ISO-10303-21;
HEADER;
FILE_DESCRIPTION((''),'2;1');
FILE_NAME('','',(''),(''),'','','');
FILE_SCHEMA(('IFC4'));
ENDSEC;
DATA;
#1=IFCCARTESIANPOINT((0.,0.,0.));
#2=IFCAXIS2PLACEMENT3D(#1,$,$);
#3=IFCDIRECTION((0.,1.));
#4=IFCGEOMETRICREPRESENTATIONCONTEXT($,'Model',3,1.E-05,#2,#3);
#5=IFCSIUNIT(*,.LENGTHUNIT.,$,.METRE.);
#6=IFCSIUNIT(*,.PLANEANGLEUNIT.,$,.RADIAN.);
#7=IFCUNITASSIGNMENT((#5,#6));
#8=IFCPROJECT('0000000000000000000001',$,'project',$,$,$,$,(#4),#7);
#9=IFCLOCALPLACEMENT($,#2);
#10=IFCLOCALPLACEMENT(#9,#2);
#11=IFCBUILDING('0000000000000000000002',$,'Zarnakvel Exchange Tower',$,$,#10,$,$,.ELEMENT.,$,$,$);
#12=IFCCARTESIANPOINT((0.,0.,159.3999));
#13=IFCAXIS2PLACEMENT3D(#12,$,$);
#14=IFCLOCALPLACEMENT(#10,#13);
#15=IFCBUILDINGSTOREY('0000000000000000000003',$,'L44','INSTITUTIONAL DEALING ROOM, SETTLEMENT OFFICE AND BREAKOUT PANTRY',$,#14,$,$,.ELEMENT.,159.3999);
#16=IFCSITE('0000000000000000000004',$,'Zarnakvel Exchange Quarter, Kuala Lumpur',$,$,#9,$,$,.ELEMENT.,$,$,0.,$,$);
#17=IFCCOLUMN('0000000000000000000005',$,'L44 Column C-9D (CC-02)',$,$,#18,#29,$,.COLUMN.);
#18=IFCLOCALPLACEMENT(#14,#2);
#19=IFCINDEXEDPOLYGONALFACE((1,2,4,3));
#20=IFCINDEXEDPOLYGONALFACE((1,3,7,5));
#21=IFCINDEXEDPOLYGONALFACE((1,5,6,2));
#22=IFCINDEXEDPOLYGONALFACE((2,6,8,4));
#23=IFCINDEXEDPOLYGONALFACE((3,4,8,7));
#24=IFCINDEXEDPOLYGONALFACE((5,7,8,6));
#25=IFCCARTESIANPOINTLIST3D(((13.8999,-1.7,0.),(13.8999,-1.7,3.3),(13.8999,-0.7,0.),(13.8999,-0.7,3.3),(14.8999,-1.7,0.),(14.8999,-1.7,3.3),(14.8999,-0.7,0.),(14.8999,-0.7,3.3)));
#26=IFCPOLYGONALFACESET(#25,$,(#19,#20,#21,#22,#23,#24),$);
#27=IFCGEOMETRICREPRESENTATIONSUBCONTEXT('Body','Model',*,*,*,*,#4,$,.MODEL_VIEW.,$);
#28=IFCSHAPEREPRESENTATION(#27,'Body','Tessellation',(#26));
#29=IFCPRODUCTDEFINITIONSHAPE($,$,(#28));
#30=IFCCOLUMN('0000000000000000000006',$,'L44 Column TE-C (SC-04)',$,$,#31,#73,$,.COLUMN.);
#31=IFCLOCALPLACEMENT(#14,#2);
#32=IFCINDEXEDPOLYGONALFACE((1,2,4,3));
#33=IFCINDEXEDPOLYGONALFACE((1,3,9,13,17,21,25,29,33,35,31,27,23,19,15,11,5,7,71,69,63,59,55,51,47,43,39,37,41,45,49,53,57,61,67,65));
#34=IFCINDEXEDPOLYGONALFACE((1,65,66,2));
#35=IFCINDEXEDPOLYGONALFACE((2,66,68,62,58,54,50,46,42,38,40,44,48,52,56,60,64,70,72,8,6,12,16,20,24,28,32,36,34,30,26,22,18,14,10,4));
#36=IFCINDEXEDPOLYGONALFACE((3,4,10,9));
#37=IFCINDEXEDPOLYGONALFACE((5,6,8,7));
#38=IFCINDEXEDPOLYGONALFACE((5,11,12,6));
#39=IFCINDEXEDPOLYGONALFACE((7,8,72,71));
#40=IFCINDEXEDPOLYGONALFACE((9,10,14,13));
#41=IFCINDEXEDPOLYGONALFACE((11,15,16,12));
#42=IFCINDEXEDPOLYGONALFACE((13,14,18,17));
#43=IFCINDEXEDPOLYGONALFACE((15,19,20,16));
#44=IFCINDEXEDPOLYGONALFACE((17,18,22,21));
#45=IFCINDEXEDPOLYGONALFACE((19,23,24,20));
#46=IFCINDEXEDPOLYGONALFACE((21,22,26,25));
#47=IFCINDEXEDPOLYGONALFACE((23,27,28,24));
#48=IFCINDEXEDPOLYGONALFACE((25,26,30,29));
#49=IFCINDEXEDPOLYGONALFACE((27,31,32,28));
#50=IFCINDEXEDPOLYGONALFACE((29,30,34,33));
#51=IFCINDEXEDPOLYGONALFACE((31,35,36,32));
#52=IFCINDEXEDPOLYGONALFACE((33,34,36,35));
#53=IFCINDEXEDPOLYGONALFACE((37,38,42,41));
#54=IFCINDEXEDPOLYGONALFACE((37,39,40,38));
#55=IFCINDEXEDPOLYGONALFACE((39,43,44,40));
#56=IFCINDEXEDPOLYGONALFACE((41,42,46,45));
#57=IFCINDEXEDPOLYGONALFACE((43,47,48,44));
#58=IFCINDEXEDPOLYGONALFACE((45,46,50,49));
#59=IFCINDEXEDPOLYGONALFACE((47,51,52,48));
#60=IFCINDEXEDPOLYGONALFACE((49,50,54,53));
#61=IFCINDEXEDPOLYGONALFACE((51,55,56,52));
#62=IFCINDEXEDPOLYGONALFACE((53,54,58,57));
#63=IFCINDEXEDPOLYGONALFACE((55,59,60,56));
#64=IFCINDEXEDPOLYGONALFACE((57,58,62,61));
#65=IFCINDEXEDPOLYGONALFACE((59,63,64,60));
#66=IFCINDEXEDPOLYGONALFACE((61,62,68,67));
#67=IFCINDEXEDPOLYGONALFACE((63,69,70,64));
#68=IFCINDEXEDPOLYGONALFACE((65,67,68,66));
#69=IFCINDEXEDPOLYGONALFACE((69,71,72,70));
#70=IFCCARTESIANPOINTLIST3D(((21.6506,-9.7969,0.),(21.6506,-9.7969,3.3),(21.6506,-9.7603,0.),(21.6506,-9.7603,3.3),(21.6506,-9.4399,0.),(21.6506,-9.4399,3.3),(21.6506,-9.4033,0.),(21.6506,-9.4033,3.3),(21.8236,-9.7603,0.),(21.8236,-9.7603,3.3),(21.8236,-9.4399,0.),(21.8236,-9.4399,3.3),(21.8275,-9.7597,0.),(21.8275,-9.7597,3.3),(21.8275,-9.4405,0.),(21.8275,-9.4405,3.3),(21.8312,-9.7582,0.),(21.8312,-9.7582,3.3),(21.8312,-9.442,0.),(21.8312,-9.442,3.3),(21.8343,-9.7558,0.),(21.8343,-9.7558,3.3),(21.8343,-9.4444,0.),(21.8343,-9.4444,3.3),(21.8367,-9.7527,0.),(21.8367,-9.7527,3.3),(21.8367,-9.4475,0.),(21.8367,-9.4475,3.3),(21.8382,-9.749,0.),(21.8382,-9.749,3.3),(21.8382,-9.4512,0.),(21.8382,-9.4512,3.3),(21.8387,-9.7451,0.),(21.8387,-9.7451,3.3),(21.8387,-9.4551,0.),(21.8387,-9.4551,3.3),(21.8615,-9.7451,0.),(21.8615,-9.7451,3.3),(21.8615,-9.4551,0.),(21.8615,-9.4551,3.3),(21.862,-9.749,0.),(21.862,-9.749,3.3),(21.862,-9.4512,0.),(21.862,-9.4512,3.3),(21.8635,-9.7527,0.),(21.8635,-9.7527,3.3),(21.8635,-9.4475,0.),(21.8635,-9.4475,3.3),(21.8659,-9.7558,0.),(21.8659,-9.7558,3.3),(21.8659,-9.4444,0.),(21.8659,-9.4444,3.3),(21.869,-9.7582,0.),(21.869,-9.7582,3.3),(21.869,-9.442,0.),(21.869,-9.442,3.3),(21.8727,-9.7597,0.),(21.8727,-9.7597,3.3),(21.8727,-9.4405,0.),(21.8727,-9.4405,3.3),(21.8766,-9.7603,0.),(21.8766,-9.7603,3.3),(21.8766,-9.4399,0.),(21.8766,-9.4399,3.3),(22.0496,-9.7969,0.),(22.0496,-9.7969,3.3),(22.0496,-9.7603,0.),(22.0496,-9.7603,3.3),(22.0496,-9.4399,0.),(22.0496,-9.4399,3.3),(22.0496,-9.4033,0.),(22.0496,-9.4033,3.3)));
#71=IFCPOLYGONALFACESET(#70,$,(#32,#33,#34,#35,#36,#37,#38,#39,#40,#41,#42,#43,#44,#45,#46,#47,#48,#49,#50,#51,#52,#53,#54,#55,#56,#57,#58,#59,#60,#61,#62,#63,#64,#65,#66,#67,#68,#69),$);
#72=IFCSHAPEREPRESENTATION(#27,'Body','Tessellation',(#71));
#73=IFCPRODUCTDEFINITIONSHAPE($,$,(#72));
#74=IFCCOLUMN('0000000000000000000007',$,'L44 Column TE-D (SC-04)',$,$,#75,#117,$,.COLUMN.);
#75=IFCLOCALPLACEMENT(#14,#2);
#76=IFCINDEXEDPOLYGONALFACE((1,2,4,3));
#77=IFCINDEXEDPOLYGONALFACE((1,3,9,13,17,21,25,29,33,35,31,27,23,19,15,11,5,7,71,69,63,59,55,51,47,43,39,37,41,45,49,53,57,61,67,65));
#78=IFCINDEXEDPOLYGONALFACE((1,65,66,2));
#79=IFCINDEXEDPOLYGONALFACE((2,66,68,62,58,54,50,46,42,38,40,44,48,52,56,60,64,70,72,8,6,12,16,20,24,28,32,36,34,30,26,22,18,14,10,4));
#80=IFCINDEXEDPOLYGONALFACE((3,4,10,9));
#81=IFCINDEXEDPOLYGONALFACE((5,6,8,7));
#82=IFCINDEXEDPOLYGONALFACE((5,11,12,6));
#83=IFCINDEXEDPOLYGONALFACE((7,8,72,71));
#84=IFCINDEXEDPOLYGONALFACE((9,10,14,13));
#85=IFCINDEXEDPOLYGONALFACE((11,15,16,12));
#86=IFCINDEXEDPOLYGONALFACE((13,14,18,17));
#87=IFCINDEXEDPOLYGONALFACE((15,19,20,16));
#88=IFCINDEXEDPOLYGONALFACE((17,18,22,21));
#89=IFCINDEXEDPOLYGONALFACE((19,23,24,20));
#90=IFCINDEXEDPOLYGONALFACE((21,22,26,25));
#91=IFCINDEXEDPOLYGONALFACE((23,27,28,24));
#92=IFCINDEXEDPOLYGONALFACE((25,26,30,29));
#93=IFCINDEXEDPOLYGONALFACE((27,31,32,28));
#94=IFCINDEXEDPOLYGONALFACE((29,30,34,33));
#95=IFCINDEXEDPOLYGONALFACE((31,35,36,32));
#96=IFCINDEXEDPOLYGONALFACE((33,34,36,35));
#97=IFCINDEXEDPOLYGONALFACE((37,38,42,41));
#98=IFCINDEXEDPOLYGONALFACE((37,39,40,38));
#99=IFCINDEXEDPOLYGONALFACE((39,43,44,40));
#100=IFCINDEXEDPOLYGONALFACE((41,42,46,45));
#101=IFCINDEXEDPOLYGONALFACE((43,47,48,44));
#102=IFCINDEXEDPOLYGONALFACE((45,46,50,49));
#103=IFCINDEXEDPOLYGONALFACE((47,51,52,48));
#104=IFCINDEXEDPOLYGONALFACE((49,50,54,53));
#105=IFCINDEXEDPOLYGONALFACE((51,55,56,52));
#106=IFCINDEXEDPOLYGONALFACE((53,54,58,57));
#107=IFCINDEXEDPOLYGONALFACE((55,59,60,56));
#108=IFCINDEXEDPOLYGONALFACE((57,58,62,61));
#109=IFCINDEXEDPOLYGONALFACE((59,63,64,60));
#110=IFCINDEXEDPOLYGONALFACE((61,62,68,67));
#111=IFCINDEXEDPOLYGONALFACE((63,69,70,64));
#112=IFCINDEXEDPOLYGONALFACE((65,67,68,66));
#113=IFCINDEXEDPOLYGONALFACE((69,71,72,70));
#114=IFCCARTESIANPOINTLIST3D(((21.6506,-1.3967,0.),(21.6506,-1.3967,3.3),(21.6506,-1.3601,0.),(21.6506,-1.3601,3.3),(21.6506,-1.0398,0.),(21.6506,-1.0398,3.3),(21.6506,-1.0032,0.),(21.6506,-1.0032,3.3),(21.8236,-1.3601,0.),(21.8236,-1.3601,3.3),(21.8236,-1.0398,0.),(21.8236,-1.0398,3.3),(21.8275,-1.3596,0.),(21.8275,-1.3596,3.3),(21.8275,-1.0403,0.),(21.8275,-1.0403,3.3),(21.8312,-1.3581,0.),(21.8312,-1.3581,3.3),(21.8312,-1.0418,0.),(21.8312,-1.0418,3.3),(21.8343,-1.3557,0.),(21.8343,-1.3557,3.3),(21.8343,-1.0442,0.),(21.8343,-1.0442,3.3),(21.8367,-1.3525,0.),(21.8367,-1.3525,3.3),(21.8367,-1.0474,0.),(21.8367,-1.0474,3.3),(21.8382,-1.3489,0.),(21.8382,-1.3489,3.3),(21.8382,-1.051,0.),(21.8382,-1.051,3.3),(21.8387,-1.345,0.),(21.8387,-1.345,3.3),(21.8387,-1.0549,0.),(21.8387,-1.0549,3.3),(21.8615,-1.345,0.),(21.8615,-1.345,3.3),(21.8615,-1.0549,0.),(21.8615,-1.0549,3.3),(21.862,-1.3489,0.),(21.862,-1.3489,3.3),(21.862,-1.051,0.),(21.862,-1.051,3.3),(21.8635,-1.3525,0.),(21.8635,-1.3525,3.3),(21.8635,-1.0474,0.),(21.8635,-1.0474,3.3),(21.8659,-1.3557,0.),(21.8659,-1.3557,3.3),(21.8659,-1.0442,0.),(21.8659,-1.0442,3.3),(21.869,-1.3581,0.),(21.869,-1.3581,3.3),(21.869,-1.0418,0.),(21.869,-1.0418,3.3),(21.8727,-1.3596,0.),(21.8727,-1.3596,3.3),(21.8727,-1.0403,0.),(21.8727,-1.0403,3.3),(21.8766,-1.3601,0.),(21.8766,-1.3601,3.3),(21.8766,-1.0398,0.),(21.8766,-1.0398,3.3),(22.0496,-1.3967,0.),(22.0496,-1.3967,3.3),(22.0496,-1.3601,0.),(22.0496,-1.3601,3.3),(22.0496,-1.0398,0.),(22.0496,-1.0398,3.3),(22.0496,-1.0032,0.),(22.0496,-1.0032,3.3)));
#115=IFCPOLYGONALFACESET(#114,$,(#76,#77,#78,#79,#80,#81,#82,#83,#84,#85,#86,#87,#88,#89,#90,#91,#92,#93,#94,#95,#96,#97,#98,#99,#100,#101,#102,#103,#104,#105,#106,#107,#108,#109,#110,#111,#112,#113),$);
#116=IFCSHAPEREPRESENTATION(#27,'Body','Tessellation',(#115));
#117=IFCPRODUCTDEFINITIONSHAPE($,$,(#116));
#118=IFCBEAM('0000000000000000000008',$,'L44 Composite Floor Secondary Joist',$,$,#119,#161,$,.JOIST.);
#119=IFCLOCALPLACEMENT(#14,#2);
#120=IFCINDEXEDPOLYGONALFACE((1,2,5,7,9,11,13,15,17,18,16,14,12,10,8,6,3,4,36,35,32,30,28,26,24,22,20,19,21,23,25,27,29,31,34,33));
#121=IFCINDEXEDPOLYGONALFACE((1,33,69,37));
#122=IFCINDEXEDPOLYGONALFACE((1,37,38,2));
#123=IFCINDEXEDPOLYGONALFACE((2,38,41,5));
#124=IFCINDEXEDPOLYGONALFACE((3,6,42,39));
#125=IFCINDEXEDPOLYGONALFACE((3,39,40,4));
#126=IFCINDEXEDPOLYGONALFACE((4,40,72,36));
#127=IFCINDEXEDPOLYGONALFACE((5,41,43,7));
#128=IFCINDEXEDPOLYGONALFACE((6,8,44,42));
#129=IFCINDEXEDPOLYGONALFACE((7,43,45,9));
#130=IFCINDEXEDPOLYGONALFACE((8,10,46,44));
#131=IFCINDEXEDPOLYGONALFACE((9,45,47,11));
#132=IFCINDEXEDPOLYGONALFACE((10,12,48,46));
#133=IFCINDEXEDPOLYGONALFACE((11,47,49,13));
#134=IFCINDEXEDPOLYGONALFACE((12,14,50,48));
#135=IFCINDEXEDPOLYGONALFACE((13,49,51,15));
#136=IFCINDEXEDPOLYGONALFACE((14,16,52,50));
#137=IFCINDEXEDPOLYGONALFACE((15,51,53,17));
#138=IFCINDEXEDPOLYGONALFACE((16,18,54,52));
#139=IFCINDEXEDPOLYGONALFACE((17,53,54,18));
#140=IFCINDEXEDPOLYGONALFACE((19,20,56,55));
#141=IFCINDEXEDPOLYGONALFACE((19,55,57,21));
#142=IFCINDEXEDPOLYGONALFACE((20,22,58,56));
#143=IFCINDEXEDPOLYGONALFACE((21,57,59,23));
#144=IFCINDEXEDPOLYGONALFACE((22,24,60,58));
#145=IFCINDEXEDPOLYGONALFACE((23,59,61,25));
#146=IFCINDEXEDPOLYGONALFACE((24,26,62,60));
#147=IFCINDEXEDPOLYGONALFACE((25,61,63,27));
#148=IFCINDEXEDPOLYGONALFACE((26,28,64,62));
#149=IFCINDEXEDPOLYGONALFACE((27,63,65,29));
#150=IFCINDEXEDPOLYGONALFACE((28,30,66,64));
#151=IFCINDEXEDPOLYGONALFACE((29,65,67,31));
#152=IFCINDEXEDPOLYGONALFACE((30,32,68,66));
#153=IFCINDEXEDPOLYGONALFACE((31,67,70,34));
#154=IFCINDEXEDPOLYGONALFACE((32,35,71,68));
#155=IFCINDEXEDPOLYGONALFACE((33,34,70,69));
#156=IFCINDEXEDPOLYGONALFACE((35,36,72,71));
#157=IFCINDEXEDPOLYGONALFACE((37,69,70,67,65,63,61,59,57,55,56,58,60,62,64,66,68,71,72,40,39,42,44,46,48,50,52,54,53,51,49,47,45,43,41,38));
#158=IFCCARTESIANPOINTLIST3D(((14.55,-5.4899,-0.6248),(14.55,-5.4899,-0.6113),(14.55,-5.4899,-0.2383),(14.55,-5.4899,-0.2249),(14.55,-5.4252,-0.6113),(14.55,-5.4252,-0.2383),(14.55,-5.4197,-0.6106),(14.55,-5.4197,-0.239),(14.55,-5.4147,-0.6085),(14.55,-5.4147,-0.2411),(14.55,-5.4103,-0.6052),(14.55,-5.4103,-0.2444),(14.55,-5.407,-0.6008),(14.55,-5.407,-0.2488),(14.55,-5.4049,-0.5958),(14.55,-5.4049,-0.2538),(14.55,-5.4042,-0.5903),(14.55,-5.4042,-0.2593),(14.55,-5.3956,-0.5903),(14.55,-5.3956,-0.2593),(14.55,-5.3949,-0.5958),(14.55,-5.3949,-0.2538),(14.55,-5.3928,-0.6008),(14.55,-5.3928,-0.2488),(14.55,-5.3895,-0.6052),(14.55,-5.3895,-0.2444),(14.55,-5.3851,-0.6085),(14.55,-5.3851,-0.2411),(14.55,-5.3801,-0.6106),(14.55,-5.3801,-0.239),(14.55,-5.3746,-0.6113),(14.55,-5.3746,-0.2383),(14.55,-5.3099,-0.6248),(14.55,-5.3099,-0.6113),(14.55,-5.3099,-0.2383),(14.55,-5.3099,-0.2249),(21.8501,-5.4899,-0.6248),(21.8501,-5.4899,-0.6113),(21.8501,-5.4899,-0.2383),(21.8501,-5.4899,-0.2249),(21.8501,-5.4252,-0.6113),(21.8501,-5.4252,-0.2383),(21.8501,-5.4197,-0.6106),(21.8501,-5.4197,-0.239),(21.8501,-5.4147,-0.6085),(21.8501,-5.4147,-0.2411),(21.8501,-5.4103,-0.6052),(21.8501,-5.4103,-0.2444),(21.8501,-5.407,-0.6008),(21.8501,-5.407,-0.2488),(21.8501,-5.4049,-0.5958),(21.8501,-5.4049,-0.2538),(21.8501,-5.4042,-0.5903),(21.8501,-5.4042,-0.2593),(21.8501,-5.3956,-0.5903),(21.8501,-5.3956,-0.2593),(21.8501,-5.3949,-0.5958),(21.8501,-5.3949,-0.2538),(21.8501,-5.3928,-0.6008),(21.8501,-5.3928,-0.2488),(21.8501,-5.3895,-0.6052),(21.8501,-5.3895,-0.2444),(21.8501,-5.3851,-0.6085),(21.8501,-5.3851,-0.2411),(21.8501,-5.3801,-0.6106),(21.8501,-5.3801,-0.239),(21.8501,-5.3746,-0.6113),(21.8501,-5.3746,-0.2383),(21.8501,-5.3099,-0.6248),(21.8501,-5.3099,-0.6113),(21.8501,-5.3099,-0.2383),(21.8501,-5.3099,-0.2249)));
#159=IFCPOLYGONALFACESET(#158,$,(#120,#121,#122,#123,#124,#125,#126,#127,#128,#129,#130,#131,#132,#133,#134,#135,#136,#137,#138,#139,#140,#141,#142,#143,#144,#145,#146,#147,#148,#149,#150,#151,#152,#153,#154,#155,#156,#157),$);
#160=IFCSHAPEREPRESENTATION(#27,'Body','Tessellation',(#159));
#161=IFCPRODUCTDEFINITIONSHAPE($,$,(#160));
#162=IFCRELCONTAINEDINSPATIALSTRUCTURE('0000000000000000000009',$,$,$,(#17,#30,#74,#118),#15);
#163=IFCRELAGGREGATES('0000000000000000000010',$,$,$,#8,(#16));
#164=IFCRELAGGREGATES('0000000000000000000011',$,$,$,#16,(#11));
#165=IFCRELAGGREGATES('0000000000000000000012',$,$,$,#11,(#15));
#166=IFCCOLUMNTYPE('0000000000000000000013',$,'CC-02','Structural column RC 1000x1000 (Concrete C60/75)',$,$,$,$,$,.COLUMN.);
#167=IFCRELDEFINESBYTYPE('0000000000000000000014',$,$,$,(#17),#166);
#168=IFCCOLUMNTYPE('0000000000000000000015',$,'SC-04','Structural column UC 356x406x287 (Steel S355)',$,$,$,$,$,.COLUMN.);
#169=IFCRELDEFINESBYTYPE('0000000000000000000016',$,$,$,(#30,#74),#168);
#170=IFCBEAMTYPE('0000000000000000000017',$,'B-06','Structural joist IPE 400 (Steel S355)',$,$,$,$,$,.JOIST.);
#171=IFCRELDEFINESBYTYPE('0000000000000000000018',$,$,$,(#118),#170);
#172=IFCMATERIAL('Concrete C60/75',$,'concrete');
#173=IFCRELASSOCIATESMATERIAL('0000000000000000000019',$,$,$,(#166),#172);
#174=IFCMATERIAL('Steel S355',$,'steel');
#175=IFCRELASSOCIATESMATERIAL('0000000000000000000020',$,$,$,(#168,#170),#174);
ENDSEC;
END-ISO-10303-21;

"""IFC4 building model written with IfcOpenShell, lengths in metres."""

from ifc_helpers import new_model, si_unit, direction, frame, origin, origin_2d, place, context, subcontext, project, spatial, rectangle, i_section, extrude, material, material_profile, profile_set, type_object, element, save


model = new_model("IFC4")

# Units and contexts
model_context = context("Model", 3, precision=1e-05, world=origin(), true_north=direction((0.0, 1.0)))
body_context = subcontext(model_context, "Body", "Model", "MODEL_VIEW")
ifc_project = project(units=[si_unit("LENGTHUNIT", "METRE"), si_unit("PLANEANGLEUNIT", "RADIAN")], contexts=[model_context])

# Site, building, storey
site_placement = place(None, origin())
site = spatial("IfcSite", under=ifc_project, at=site_placement, Name="Zarnakvel Exchange Quarter, Kuala Lumpur", CompositionType="ELEMENT", RefElevation=0.0)
building_placement = place(site_placement, origin())
building = spatial("IfcBuilding", under=site, at=building_placement, Name="Zarnakvel Exchange Tower", CompositionType="ELEMENT")
storey_placement = place(building_placement, frame((0.0, 0.0, 159.3999)))
storey = spatial("IfcBuildingStorey", under=building, at=storey_placement, Name="L44", Description="INSTITUTIONAL DEALING ROOM, SETTLEMENT OFFICE AND BREAKOUT PANTRY", CompositionType="ELEMENT", Elevation=159.3999)

# Columns
ifc_material_1 = material(Name="Concrete C60/75", Category="concrete")
ifc_material_profile_1 = material_profile(ifc_material_1, rectangle(XDim=1.0, YDim=1.0, at=origin_2d()))
ifc_profile_set_1 = profile_set([ifc_material_profile_1], Name="Concrete C60/75")
column_type_1 = type_object("IfcColumnType", Name="CC-02", Description="Structural column RC 1000x1000 (Concrete C60/75)", PredefinedType="COLUMN", material=ifc_profile_set_1)
column_placement = place(storey_placement, frame((14.3999, -1.2, 0.0), z_axis=(0.0, 0.0, 1.0), x_axis=(1.0, 0.0, 0.0)))
element("IfcColumn", 1, at=column_placement, inside=storey, type_object=column_type_1, Name="L44 Column C-9D (CC-02)", PredefinedType="COLUMN", context=body_context, shape_type="SweptSolid", body=[
    extrude(rectangle(XDim=1.0, YDim=1.0, at=origin_2d()), origin(), (0.0, 0.0, 1.0), 3.3),
])
ifc_material_2 = material(Name="Steel S355", Category="steel")
ifc_material_profile_2 = material_profile(ifc_material_2, i_section(OverallWidth=0.3989, OverallDepth=0.3936, WebThickness=0.0227, FlangeThickness=0.0366, FilletRadius=0.0151, at=origin_2d()))
ifc_profile_set_2 = profile_set([ifc_material_profile_2], Name="Steel S355")
column_type_2 = type_object("IfcColumnType", Name="SC-04", Description="Structural column UC 356x406x287 (Steel S355)", PredefinedType="COLUMN", material=ifc_profile_set_2)
for number, where, z_axis, x_axis, name in (
    (2, (21.8501, -9.6001, 0.0), (0.0, 0.0, 1.0), (1.0, 0.0, 0.0), "L44 Column TE-C (SC-04)"),
    (3, (21.8501, -1.2, 0.0), (0.0, 0.0, 1.0), (1.0, 0.0, 0.0), "L44 Column TE-D (SC-04)"),
):
    element("IfcColumn", number, at=place(storey_placement, frame(where, z_axis=z_axis, x_axis=x_axis)), inside=storey, type_object=column_type_2, Name=name, PredefinedType="COLUMN", context=body_context, shape_type="SweptSolid", body=[
        extrude(i_section(OverallWidth=0.3989, OverallDepth=0.3936, WebThickness=0.0227, FlangeThickness=0.0366, FilletRadius=0.0151, at=origin_2d()), origin(), (0.0, 0.0, 1.0), 3.3),
    ])

# Beam
ifc_material_profile_3 = material_profile(ifc_material_2, i_section(OverallWidth=0.1799, OverallDepth=0.3999, WebThickness=0.0085, FlangeThickness=0.0134, FilletRadius=0.021, at=origin_2d()))
ifc_profile_set_3 = profile_set([ifc_material_profile_3], Name="Steel S355")
beam_type_1 = type_object("IfcBeamType", Name="B-06", Description="Structural joist IPE 400 (Steel S355)", PredefinedType="JOIST", material=ifc_profile_set_3)
beam_1_placement = place(storey_placement, frame((14.55, -5.3999, -0.4248), z_axis=(1.0, 0.0, 0.0), x_axis=(0.0, 1.0, 0.0)))
element("IfcBeam", 4, at=beam_1_placement, inside=storey, type_object=beam_type_1, Name="L44 Composite Floor Secondary Joist", PredefinedType="JOIST", context=body_context, shape_type="SweptSolid", body=[
    extrude(i_section(OverallWidth=0.1799, OverallDepth=0.3999, WebThickness=0.0085, FlangeThickness=0.0134, FilletRadius=0.021, at=origin_2d()), origin(), (0.0, 0.0, 1.0), 7.3),
])

save(model, "model.ifc")
